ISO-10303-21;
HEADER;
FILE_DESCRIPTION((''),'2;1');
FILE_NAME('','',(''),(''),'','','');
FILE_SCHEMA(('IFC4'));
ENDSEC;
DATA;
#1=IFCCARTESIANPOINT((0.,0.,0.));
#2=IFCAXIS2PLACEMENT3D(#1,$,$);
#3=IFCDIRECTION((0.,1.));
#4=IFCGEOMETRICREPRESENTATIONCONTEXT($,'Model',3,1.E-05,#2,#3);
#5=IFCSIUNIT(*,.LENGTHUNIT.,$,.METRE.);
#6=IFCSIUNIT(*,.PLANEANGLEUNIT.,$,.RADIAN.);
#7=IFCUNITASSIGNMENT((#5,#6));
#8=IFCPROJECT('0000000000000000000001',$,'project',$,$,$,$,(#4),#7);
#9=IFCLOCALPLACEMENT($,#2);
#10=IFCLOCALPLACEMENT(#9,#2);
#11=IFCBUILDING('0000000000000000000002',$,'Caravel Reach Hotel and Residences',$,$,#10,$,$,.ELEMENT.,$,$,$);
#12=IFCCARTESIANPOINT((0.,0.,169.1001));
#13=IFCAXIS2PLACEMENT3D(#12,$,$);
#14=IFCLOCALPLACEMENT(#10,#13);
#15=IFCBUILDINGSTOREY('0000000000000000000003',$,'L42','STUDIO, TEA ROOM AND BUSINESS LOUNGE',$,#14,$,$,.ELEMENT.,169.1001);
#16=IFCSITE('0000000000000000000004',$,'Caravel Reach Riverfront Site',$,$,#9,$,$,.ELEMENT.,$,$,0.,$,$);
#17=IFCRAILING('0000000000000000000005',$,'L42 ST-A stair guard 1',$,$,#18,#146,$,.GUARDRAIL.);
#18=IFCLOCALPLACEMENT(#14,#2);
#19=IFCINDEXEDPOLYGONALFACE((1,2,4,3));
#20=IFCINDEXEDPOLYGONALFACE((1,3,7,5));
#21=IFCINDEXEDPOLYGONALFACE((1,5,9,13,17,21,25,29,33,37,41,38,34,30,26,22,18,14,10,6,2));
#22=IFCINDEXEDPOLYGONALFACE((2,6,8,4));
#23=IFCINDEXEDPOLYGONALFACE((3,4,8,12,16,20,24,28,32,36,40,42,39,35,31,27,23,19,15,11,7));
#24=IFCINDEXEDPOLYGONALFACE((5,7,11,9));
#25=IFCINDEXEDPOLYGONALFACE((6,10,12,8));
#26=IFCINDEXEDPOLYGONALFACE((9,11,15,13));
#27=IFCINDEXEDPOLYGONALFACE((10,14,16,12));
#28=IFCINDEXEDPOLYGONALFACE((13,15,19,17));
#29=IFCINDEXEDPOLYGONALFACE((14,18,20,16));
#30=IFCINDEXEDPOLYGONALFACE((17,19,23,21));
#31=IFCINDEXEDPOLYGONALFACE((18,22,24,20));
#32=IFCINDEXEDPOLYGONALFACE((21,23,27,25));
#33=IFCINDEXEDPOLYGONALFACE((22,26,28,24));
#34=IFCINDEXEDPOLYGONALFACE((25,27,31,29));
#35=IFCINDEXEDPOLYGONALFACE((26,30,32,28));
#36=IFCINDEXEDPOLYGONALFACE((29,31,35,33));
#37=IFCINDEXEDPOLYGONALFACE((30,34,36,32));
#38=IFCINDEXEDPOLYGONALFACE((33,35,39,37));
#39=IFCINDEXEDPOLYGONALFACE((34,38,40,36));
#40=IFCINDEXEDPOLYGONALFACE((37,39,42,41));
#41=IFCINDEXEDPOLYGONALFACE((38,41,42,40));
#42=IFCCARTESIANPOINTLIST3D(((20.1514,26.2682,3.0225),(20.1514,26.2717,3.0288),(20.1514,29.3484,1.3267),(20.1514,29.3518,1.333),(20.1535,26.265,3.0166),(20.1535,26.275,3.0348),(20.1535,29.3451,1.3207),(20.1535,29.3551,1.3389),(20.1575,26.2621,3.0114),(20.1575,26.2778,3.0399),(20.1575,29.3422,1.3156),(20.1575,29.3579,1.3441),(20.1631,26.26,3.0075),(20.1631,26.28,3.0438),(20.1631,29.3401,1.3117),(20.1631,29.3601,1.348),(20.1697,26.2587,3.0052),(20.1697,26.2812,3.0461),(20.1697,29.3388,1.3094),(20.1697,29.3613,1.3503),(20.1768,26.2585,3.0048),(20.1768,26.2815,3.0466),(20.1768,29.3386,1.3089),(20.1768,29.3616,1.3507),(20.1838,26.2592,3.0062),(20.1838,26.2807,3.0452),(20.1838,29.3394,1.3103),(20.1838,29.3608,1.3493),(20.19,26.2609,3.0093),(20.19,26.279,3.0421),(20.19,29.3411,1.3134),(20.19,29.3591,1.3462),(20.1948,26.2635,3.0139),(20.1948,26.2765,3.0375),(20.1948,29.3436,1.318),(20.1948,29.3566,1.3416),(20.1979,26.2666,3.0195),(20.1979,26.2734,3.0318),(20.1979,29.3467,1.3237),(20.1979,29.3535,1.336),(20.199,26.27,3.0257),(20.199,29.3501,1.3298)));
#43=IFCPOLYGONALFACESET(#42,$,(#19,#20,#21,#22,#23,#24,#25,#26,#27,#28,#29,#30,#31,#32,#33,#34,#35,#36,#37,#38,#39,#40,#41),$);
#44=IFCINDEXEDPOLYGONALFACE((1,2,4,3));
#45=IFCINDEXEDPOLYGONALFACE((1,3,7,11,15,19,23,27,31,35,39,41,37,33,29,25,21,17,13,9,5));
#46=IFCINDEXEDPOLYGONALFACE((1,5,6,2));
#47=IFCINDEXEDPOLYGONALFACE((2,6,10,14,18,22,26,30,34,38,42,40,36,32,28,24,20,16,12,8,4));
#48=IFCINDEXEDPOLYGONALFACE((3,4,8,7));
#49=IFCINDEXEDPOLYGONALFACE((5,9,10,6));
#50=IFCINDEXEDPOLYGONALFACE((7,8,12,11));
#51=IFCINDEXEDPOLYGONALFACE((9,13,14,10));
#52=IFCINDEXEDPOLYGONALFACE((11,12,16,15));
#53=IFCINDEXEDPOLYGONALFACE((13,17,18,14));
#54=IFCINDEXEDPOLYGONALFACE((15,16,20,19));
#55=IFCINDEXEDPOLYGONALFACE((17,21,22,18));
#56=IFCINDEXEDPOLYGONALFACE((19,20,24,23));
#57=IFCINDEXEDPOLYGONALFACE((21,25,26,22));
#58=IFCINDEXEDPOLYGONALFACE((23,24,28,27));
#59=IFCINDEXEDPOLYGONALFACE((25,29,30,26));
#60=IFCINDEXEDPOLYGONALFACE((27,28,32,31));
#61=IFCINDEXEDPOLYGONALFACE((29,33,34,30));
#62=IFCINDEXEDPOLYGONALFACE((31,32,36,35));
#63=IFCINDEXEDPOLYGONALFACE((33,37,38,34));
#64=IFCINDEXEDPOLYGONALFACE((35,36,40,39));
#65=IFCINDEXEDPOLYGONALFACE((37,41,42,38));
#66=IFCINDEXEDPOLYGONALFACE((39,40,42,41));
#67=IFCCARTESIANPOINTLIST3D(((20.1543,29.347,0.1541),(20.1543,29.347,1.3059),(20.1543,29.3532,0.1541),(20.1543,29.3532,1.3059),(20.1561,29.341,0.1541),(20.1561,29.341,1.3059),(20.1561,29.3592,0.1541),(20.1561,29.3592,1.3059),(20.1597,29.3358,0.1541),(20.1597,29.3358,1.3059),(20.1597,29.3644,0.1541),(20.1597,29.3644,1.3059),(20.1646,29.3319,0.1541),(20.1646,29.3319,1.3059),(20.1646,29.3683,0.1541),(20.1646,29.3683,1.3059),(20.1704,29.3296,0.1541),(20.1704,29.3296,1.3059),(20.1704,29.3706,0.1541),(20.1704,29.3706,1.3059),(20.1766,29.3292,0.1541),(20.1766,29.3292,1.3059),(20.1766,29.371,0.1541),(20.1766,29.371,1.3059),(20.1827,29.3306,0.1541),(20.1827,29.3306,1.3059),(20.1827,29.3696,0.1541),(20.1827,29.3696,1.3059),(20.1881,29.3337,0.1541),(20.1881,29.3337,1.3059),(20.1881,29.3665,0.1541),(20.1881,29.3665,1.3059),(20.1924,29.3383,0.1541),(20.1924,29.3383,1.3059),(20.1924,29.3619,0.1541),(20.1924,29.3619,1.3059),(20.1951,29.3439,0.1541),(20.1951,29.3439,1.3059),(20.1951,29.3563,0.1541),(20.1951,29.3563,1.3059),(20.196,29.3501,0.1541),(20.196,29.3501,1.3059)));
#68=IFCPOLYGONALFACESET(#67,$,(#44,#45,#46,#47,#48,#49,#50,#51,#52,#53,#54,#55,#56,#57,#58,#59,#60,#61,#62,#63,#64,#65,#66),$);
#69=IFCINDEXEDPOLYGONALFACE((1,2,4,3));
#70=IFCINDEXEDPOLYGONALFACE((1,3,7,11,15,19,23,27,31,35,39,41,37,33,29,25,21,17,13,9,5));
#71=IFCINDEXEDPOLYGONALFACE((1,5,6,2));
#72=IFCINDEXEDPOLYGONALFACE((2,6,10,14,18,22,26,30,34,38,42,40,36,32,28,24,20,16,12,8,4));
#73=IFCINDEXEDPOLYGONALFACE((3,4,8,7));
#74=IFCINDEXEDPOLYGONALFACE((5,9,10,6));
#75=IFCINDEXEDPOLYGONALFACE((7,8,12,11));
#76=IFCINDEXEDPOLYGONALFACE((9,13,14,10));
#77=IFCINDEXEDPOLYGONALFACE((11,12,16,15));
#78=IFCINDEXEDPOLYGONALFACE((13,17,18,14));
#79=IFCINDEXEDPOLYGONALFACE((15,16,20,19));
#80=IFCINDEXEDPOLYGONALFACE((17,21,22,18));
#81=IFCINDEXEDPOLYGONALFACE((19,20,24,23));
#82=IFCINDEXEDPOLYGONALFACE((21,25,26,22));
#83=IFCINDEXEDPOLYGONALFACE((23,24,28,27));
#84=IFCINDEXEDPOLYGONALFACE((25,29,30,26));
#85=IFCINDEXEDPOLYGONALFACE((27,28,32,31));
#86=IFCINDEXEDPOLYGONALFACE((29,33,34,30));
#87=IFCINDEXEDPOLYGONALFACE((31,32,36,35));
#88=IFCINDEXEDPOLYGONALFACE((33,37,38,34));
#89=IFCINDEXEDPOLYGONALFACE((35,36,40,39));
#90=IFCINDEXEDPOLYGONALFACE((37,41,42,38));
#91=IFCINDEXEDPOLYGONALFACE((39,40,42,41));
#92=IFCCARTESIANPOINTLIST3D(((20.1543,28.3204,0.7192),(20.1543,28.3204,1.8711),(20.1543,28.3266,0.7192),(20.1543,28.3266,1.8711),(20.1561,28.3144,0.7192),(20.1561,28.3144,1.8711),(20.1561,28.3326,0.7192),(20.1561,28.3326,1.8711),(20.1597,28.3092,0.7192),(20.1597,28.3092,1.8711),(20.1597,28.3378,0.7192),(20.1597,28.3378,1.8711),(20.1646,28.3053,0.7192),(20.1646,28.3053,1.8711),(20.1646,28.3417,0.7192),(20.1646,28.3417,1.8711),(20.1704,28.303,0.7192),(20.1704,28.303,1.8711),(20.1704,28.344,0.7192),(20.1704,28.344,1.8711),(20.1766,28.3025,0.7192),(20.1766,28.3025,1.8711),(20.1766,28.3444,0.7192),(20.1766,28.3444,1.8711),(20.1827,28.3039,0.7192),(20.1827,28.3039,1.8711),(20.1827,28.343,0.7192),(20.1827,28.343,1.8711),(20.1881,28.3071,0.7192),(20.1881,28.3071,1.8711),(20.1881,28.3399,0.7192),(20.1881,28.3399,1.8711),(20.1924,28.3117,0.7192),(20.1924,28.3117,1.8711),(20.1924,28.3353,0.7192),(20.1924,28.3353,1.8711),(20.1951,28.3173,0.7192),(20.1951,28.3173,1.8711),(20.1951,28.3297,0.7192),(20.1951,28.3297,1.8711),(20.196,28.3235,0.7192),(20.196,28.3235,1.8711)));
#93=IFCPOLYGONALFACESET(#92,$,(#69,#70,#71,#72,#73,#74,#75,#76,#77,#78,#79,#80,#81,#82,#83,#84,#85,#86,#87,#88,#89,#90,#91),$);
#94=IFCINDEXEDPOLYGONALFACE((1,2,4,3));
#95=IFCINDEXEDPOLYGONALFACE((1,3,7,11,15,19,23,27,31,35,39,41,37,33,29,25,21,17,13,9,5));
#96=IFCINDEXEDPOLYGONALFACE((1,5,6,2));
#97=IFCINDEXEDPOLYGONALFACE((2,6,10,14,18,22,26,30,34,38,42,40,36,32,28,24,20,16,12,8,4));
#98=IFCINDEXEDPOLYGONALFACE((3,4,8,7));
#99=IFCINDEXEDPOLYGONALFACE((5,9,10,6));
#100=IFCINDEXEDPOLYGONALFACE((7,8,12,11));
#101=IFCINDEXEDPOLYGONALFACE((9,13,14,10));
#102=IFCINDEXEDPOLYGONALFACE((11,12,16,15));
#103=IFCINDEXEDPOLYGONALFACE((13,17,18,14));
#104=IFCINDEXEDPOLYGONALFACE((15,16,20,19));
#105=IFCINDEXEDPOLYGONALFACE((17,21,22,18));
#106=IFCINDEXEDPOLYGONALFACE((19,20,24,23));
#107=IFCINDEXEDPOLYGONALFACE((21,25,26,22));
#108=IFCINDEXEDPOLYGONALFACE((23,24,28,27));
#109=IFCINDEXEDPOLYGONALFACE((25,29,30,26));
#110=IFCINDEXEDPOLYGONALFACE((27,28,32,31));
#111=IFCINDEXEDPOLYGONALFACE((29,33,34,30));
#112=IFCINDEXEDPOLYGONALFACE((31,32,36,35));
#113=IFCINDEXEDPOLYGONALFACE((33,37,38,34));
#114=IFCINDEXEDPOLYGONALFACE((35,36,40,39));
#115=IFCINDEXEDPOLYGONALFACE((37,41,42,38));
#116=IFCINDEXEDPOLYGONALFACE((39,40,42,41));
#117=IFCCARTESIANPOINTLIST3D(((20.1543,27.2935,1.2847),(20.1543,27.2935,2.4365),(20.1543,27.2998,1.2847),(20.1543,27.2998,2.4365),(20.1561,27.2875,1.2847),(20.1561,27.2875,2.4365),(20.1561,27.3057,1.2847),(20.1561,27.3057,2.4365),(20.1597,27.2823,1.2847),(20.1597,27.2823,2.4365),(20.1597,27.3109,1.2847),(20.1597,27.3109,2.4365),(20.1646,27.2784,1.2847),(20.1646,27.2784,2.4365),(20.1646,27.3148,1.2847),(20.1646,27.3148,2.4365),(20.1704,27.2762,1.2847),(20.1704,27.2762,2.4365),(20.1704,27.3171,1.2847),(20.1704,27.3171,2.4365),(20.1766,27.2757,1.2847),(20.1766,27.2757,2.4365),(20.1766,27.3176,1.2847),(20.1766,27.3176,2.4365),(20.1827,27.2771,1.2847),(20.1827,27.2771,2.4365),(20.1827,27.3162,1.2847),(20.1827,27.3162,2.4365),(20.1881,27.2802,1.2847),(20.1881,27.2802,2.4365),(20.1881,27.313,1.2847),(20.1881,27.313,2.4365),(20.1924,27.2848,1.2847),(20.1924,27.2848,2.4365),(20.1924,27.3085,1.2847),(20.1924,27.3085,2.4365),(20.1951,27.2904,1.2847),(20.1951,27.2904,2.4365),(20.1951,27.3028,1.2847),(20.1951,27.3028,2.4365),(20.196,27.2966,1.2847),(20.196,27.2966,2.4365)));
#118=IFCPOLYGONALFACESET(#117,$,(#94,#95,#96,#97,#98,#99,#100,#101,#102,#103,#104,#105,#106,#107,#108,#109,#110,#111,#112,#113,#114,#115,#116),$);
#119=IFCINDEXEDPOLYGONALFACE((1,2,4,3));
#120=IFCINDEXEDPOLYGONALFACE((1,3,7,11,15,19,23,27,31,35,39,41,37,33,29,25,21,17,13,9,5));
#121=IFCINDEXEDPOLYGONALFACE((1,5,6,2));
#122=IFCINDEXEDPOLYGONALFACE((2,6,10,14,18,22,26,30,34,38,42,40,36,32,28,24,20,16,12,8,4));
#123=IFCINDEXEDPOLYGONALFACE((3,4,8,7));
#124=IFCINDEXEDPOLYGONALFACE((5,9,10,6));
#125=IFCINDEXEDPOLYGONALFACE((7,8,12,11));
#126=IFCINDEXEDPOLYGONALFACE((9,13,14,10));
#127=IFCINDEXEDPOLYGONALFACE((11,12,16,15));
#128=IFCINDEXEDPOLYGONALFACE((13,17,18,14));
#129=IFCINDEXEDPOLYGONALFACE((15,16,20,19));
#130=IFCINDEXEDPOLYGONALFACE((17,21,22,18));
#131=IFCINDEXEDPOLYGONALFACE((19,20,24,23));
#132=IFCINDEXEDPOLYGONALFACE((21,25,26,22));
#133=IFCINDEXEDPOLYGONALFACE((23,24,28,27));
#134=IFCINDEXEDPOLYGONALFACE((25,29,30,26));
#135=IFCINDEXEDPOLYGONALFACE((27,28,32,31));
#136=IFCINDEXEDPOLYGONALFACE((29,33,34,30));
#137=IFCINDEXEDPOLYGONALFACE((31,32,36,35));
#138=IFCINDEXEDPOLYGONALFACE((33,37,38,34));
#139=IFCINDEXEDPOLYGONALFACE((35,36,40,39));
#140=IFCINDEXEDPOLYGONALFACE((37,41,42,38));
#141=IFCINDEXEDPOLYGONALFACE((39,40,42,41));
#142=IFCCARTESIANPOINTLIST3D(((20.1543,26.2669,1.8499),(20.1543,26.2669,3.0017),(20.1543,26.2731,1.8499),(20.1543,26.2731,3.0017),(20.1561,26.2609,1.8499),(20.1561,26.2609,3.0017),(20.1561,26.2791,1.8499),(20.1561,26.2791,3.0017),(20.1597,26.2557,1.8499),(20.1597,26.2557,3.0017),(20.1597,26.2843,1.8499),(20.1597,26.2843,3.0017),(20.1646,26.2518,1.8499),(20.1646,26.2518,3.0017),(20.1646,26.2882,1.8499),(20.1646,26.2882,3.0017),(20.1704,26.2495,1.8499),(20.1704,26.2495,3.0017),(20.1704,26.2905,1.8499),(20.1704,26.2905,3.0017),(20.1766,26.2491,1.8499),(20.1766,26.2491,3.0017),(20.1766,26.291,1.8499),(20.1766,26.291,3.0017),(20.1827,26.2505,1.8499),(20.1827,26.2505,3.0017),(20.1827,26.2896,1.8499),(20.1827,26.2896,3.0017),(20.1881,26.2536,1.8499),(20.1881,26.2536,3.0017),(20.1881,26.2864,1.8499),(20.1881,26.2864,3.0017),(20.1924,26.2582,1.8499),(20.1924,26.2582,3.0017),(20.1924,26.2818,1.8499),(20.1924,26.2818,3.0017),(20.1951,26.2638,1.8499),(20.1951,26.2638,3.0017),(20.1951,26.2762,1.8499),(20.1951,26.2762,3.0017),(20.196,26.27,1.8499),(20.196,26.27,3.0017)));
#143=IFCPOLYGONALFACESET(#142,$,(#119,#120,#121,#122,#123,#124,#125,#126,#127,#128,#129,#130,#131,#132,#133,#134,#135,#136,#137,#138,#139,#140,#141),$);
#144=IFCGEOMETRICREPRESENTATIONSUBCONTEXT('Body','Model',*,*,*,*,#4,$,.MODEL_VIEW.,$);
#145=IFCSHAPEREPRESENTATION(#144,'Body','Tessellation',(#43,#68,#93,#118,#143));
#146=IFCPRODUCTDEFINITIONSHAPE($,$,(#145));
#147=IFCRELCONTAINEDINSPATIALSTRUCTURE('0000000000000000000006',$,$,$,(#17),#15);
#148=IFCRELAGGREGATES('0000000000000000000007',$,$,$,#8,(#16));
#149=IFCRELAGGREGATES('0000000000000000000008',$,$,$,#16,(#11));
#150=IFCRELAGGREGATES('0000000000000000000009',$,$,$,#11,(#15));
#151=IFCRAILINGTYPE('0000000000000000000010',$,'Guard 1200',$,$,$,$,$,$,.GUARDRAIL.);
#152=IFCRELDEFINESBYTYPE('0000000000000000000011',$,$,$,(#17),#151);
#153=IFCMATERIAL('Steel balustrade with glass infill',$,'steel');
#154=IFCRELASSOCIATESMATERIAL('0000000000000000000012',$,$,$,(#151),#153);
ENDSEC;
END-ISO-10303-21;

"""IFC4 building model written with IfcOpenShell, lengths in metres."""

from ifc_helpers import new_model, si_unit, direction, frame, origin, origin_2d, place, context, subcontext, project, spatial, circle, extrude, material, type_object, element, save


model = new_model("IFC4")

# Units and contexts
model_context = context("Model", 3, precision=1e-05, world=origin(), true_north=direction((0.0, 1.0)))
body_context = subcontext(model_context, "Body", "Model", "MODEL_VIEW")
ifc_project = project(units=[si_unit("LENGTHUNIT", "METRE"), si_unit("PLANEANGLEUNIT", "RADIAN")], contexts=[model_context])

# Site, building, storey
site_placement = place(None, origin())
site = spatial("IfcSite", under=ifc_project, at=site_placement, Name="Caravel Reach Riverfront Site", CompositionType="ELEMENT", RefElevation=0.0)
building_placement = place(site_placement, origin())
building = spatial("IfcBuilding", under=site, at=building_placement, Name="Caravel Reach Hotel and Residences", CompositionType="ELEMENT")
storey_placement = place(building_placement, frame((0.0, 0.0, 169.1001)))
storey = spatial("IfcBuildingStorey", under=building, at=storey_placement, Name="L42", Description="STUDIO, TEA ROOM AND BUSINESS LOUNGE", CompositionType="ELEMENT", Elevation=169.1001)

# Railing
ifc_material_1 = material(Name="Steel balustrade with glass infill", Category="steel")
railing_type_1 = type_object("IfcRailingType", Name="Guard 1200", PredefinedType="GUARDRAIL", material=ifc_material_1)
railing_1_placement = place(storey_placement, frame((20.175, 29.3501, 0.1541)))
element("IfcRailing", 1, at=railing_1_placement, inside=storey, type_object=railing_type_1, Name="L42 ST-A stair guard 1", PredefinedType="GUARDRAIL", context=body_context, shape_type="SweptSolid", body=[
    extrude(circle(Radius=0.0239, at=origin_2d()), frame((0.0, 0.0, 1.1758), z_axis=(0.0, -0.876005, 0.482303), x_axis=(1.0, 0.0, 0.0)), (0.0, 0.0, 1.0), 3.5161),
    extrude(circle(Radius=0.021, at=origin_2d()), origin(), (0.0, 0.0, 1.0), 1.1519),
    extrude(circle(Radius=0.021, at=origin_2d()), frame((0.0, -1.0266, 0.5652)), (0.0, 0.0, 1.0), 1.1519),
    extrude(circle(Radius=0.021, at=origin_2d()), frame((0.0, -2.0535, 1.1306)), (0.0, 0.0, 1.0), 1.1519),
    extrude(circle(Radius=0.021, at=origin_2d()), frame((0.0, -3.0801, 1.6958)), (0.0, 0.0, 1.0), 1.1519),
])

save(model, "model.ifc")
